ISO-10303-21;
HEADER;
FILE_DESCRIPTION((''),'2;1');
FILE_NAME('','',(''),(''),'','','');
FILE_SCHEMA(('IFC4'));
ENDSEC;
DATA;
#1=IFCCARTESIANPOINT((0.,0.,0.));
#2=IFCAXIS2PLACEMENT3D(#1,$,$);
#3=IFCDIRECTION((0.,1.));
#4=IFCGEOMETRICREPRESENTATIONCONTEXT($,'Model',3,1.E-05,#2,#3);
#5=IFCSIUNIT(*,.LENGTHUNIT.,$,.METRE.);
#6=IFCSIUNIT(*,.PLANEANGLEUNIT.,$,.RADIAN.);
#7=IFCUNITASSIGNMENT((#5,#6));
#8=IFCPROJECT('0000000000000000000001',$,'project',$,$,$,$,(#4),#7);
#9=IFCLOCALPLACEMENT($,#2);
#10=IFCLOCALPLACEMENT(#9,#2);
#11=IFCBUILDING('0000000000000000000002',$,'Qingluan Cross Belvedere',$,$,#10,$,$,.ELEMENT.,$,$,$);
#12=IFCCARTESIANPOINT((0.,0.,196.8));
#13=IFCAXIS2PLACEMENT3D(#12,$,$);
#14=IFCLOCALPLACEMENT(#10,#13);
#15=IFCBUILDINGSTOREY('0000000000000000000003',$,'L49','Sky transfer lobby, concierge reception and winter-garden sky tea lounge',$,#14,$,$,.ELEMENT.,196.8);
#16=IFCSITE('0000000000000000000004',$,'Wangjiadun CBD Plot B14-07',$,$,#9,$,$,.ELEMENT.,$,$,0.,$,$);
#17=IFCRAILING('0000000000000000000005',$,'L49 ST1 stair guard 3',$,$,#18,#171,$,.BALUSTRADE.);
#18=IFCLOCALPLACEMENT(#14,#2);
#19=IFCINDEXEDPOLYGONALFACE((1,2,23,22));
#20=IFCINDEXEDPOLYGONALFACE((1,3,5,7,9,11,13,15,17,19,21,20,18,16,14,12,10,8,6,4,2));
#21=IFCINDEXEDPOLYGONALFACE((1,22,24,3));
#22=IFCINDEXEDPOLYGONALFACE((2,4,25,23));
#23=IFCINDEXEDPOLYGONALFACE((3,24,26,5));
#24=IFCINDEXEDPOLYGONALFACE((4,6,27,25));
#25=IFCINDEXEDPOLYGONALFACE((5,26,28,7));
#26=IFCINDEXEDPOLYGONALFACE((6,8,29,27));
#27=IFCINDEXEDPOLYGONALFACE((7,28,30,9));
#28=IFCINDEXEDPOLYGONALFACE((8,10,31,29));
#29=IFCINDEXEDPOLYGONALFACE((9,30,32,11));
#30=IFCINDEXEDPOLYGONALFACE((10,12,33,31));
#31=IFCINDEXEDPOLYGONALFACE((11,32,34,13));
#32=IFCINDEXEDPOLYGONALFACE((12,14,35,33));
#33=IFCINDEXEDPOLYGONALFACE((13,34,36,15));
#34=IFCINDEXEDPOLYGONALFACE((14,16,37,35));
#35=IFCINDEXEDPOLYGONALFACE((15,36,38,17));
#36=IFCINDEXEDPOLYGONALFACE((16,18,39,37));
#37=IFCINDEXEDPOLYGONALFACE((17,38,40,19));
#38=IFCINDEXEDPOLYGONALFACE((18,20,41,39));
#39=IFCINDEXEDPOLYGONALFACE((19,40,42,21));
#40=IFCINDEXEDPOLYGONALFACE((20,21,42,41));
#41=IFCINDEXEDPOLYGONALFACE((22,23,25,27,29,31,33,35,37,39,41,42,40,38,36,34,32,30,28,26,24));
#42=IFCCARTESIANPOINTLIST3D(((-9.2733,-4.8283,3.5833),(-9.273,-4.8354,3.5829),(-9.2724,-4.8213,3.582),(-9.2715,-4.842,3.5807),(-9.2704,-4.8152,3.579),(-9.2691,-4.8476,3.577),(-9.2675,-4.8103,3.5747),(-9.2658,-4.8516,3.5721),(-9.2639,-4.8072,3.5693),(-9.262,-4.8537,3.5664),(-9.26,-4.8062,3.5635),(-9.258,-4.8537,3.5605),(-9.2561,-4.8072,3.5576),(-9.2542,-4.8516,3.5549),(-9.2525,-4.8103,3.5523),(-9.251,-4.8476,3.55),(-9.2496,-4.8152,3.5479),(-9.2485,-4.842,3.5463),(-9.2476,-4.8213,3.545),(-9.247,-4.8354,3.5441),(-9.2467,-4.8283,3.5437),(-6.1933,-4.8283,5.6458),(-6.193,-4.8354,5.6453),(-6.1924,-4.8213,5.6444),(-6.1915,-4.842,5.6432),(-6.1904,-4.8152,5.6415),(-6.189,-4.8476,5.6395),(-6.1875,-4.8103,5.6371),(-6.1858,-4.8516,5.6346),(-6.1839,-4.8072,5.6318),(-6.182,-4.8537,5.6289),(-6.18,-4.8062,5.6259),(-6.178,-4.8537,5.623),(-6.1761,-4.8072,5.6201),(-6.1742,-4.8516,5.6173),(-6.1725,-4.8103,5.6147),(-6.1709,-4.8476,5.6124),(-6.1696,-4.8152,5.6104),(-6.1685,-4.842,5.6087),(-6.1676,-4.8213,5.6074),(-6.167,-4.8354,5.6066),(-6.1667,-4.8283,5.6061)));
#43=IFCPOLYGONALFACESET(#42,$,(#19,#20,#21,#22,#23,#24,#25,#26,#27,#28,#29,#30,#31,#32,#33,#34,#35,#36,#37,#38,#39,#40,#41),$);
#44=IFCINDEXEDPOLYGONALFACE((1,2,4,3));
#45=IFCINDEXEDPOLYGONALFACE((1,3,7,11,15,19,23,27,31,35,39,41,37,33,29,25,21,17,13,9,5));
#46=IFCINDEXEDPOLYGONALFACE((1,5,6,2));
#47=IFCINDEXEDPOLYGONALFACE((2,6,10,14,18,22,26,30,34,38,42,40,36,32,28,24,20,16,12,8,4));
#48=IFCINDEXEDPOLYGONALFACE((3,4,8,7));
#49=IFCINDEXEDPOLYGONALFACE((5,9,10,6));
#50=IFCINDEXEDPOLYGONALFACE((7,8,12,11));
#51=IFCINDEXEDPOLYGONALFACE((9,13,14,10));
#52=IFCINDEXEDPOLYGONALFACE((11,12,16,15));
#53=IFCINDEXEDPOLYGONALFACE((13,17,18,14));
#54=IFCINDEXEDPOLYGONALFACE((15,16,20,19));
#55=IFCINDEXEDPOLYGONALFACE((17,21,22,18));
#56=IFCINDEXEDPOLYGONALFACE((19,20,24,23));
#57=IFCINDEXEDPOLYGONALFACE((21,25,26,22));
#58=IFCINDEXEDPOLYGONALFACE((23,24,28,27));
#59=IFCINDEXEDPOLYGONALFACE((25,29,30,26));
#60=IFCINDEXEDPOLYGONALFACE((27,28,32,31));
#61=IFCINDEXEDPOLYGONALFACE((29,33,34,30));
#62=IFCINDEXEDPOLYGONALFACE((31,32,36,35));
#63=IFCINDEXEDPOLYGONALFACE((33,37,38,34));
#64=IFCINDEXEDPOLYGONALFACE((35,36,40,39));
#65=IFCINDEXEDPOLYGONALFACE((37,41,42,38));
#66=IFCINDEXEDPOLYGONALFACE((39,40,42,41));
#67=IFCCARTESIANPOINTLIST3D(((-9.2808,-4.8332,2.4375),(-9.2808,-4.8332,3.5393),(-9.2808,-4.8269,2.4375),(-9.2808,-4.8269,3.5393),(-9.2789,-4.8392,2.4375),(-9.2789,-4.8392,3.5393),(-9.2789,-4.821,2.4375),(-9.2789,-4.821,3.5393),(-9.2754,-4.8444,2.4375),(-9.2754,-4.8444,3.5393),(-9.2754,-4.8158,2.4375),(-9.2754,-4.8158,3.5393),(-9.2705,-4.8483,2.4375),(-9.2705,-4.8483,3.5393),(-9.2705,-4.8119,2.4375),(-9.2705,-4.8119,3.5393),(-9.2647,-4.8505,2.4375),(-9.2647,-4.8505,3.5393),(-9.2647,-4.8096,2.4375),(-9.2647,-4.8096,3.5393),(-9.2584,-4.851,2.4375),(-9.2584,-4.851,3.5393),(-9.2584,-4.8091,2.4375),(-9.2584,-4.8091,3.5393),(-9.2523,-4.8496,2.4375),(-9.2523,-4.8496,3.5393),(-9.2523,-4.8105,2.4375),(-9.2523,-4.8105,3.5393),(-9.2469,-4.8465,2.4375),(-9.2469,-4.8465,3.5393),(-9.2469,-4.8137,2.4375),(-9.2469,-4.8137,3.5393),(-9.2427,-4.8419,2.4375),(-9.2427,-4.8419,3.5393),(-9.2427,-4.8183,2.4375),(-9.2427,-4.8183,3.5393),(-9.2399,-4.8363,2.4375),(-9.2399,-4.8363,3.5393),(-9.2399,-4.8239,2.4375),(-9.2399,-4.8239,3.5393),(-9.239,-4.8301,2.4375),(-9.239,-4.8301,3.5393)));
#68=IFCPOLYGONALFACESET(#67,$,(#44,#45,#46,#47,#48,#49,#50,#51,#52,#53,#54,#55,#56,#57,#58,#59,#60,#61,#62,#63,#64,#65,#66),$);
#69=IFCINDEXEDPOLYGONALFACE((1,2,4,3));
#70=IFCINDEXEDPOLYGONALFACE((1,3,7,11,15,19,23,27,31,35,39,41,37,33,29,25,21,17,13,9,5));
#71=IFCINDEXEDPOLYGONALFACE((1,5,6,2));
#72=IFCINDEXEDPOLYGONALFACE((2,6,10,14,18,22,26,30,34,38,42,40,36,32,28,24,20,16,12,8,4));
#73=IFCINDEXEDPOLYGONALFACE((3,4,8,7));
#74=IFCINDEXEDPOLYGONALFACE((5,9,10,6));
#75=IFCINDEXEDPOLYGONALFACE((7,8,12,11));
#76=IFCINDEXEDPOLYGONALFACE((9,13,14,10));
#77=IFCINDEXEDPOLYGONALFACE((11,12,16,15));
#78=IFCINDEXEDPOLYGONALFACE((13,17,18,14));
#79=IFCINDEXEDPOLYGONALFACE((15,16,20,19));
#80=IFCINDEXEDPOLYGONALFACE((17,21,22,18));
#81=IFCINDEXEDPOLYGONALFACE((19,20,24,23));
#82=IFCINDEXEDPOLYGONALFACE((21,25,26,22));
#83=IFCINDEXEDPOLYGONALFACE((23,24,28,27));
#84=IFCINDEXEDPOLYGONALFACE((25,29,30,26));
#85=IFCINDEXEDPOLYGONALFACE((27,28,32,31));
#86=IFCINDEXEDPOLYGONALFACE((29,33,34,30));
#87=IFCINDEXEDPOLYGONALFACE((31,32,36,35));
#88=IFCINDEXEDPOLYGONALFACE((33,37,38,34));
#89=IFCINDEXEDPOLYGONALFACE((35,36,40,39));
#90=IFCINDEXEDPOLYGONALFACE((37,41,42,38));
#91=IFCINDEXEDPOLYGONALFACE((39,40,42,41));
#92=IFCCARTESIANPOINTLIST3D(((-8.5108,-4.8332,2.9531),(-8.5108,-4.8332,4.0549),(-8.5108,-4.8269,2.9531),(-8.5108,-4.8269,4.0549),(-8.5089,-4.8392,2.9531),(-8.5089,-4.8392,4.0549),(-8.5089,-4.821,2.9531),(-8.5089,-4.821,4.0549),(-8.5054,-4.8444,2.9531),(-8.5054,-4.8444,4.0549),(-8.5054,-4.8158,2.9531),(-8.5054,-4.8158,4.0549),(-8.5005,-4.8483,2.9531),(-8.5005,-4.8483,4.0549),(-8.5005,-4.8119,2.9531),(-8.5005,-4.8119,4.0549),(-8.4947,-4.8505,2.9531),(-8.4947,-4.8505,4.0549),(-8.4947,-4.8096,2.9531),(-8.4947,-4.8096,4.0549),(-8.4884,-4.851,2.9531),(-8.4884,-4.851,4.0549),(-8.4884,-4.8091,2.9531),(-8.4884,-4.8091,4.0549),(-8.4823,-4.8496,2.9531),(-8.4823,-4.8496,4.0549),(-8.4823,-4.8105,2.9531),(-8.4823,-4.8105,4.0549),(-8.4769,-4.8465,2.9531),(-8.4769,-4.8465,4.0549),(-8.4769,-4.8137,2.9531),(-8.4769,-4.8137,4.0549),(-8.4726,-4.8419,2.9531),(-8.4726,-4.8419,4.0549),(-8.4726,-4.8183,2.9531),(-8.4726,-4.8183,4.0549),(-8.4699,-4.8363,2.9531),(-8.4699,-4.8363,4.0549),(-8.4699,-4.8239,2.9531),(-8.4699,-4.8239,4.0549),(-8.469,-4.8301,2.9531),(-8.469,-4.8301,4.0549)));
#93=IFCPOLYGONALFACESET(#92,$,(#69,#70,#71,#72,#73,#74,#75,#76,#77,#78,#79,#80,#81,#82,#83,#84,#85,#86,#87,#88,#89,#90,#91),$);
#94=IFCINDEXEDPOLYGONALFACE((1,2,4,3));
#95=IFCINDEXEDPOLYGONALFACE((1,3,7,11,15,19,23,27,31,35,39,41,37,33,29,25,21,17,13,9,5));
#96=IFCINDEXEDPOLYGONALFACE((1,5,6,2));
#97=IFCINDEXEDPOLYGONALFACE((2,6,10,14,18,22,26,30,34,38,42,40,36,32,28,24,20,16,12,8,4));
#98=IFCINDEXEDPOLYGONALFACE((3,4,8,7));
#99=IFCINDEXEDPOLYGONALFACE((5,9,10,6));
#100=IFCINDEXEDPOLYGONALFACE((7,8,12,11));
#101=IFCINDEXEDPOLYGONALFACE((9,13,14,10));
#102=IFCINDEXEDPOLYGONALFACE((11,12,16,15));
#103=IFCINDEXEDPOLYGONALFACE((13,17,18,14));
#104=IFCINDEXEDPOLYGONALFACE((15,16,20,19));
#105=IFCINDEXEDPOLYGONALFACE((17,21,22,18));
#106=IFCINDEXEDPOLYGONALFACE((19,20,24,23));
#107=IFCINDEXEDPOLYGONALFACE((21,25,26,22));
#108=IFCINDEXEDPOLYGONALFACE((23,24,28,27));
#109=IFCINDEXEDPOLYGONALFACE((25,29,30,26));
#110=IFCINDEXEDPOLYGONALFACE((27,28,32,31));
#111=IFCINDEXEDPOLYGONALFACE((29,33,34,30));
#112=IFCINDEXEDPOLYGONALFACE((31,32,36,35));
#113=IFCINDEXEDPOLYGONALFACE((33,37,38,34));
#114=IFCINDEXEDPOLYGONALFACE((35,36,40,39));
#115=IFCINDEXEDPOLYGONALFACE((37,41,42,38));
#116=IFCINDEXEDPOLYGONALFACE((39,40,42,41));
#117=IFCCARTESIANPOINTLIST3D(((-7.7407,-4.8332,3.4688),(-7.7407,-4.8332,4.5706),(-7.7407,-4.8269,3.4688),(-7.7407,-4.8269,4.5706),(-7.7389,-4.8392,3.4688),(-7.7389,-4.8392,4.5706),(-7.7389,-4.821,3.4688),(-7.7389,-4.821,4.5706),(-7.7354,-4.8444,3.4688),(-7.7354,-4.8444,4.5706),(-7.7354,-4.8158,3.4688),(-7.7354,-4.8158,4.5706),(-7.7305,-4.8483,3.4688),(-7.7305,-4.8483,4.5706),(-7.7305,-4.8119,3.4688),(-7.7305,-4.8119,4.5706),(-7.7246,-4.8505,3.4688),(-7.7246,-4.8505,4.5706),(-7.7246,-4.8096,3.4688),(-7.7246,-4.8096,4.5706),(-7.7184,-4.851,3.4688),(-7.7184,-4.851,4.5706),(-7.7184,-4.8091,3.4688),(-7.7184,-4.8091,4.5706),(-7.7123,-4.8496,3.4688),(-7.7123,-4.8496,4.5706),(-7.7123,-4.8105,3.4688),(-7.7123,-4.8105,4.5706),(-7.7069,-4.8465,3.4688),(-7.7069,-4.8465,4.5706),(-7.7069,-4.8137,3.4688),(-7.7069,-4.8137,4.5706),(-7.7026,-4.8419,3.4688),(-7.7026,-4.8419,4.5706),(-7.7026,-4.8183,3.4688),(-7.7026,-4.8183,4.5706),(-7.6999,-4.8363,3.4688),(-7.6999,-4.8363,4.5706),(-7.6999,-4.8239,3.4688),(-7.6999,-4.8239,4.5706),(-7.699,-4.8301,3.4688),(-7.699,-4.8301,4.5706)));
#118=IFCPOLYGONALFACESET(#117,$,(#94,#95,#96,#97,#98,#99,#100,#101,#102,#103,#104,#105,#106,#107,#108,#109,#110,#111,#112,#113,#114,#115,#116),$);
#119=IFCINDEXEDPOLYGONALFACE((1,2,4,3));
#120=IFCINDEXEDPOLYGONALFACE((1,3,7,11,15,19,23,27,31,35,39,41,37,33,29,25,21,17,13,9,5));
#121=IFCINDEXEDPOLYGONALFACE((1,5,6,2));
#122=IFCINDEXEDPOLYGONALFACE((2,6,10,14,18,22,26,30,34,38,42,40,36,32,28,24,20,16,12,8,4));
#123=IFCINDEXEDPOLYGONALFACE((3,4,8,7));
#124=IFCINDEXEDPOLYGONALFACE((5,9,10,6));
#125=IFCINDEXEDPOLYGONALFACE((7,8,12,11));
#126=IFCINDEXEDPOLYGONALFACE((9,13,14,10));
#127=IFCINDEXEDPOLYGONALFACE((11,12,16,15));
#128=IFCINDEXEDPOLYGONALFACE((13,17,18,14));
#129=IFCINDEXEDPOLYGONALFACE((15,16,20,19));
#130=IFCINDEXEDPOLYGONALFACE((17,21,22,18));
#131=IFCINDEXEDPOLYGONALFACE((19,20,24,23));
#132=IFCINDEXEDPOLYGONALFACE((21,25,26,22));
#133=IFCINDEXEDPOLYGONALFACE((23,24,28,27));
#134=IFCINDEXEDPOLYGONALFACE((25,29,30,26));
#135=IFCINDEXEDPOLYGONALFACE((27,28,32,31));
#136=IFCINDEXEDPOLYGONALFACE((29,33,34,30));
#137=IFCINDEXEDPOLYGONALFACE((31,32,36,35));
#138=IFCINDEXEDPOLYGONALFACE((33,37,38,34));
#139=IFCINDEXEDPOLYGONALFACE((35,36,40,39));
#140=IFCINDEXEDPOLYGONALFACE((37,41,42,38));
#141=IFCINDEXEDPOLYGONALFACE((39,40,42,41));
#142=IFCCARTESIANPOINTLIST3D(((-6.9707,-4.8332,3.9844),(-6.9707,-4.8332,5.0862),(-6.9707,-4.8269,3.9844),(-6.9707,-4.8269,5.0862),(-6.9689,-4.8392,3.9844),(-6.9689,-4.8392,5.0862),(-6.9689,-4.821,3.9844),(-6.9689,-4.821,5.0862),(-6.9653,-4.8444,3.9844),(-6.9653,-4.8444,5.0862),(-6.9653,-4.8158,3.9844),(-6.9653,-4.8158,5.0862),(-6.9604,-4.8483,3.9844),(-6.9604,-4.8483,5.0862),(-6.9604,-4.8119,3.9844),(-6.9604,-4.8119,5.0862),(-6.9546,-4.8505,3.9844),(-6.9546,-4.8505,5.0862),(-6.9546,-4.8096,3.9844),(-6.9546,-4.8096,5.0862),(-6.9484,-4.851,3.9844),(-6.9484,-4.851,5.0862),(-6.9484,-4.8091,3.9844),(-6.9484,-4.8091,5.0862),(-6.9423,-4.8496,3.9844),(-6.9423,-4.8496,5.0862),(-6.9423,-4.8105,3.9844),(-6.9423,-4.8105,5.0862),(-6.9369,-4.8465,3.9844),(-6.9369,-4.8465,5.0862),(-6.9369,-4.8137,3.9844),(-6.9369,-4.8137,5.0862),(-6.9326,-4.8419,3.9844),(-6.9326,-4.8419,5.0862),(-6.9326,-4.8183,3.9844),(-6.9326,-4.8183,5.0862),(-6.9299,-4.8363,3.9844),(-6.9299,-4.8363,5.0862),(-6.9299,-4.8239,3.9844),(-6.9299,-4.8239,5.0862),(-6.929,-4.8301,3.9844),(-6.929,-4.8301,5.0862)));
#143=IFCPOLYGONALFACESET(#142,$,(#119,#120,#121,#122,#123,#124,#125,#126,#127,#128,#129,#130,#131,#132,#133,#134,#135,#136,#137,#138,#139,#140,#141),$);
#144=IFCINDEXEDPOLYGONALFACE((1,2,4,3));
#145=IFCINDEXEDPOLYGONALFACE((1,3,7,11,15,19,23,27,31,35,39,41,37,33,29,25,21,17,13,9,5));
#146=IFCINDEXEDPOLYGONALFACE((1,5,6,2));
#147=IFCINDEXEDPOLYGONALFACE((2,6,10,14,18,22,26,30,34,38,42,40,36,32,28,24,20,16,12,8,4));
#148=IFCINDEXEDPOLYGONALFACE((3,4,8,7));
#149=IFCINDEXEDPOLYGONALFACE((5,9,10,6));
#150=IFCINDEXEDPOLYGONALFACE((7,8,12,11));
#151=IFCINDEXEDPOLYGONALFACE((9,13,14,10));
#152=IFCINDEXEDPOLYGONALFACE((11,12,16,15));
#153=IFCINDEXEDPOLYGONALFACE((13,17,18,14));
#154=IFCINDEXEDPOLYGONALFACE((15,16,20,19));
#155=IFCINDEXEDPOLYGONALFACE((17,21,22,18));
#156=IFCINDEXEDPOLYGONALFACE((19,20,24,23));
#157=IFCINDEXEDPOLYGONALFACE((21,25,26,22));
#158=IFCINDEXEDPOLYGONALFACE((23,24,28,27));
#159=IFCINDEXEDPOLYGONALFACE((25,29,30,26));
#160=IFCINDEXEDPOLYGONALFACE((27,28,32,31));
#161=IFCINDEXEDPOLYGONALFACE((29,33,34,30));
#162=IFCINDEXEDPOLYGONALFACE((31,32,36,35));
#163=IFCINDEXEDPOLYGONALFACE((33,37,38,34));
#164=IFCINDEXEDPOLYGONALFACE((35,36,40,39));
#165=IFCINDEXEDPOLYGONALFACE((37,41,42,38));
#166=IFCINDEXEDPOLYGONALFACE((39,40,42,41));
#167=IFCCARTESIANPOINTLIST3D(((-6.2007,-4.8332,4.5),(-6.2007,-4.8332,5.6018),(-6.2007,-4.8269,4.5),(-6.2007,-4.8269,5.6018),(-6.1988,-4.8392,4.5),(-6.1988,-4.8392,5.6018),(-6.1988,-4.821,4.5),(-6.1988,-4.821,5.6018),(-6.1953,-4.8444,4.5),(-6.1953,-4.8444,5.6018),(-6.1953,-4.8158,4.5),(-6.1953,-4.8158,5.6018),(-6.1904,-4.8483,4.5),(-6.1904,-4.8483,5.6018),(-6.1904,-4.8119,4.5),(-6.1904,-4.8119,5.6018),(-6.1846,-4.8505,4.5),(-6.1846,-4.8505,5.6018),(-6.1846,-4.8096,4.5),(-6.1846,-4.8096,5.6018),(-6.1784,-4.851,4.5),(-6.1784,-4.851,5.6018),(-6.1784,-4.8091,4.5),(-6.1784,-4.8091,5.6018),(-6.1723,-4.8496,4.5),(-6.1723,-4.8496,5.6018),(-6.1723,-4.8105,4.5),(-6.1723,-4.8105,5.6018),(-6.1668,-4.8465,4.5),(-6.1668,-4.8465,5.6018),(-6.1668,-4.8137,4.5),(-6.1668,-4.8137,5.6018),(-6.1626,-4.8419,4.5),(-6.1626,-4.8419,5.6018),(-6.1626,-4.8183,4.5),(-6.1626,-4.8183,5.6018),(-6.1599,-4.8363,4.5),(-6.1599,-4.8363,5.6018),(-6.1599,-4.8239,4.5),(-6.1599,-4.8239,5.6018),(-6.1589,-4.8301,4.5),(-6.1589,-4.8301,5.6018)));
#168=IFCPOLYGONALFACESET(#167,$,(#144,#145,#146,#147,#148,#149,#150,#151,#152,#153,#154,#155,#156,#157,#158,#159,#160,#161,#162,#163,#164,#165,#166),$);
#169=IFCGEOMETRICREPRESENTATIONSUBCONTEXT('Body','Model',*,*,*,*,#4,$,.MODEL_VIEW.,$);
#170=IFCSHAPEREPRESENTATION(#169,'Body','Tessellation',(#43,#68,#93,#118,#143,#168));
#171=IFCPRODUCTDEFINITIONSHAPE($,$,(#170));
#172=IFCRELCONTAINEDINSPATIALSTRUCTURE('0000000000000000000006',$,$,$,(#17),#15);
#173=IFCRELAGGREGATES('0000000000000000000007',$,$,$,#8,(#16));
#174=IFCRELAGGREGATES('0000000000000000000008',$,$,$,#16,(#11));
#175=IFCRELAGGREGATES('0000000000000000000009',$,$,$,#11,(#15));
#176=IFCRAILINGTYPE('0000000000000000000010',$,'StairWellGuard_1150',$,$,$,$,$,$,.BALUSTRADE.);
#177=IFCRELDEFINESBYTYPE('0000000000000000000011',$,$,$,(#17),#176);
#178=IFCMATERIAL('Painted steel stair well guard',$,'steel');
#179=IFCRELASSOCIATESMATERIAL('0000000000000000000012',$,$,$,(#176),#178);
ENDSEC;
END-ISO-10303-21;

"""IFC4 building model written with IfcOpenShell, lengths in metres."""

from ifc_helpers import new_model, si_unit, direction, frame, origin, origin_2d, place, context, subcontext, project, spatial, circle, extrude, material, type_object, element, save


model = new_model("IFC4")

# Units and contexts
model_context = context("Model", 3, precision=1e-05, world=origin(), true_north=direction((0.0, 1.0)))
body_context = subcontext(model_context, "Body", "Model", "MODEL_VIEW")
ifc_project = project(units=[si_unit("LENGTHUNIT", "METRE"), si_unit("PLANEANGLEUNIT", "RADIAN")], contexts=[model_context])

# Site, building, storey
site_placement = place(None, origin())
site = spatial("IfcSite", under=ifc_project, at=site_placement, Name="Wangjiadun CBD Plot B14-07", CompositionType="ELEMENT", RefElevation=0.0)
building_placement = place(site_placement, origin())
building = spatial("IfcBuilding", under=site, at=building_placement, Name="Qingluan Cross Belvedere", CompositionType="ELEMENT")
storey_placement = place(building_placement, frame((0.0, 0.0, 196.8)))
storey = spatial("IfcBuildingStorey", under=building, at=storey_placement, Name="L49", Description="Sky transfer lobby, concierge reception and winter-garden sky tea lounge", CompositionType="ELEMENT", Elevation=196.8)

# Railing
ifc_material_1 = material(Name="Painted steel stair well guard", Category="steel")
railing_type_1 = type_object("IfcRailingType", Name="StairWellGuard_1150", PredefinedType="BALUSTRADE", material=ifc_material_1)
railing_1_placement = place(storey_placement, frame((-9.26, -4.8301, 2.4375)))
element("IfcRailing", 1, at=railing_1_placement, inside=storey, type_object=railing_type_1, Name="L49 ST1 stair guard 3", PredefinedType="BALUSTRADE", context=body_context, shape_type="SweptSolid", body=[
    extrude(circle(Radius=0.0239, at=origin_2d()), frame((0.0, 0.0, 1.126), z_axis=(0.830914, 0.0, 0.556401), x_axis=(0.0, 1.0, 0.0)), (0.0, 0.0, 1.0), 3.7068),
    extrude(circle(Radius=0.021, at=origin_2d()), origin(), (0.0, 0.0, 1.0), 1.1018),
    extrude(circle(Radius=0.021, at=origin_2d()), frame((0.77, 0.0, 0.5156)), (0.0, 0.0, 1.0), 1.1018),
    extrude(circle(Radius=0.021, at=origin_2d()), frame((1.54, 0.0, 1.0312)), (0.0, 0.0, 1.0), 1.1018),
    extrude(circle(Radius=0.021, at=origin_2d()), frame((2.3101, 0.0, 1.5469)), (0.0, 0.0, 1.0), 1.1018),
    extrude(circle(Radius=0.021, at=origin_2d()), frame((3.0801, 0.0, 2.0625)), (0.0, 0.0, 1.0), 1.1018),
])

save(model, "model.ifc")
